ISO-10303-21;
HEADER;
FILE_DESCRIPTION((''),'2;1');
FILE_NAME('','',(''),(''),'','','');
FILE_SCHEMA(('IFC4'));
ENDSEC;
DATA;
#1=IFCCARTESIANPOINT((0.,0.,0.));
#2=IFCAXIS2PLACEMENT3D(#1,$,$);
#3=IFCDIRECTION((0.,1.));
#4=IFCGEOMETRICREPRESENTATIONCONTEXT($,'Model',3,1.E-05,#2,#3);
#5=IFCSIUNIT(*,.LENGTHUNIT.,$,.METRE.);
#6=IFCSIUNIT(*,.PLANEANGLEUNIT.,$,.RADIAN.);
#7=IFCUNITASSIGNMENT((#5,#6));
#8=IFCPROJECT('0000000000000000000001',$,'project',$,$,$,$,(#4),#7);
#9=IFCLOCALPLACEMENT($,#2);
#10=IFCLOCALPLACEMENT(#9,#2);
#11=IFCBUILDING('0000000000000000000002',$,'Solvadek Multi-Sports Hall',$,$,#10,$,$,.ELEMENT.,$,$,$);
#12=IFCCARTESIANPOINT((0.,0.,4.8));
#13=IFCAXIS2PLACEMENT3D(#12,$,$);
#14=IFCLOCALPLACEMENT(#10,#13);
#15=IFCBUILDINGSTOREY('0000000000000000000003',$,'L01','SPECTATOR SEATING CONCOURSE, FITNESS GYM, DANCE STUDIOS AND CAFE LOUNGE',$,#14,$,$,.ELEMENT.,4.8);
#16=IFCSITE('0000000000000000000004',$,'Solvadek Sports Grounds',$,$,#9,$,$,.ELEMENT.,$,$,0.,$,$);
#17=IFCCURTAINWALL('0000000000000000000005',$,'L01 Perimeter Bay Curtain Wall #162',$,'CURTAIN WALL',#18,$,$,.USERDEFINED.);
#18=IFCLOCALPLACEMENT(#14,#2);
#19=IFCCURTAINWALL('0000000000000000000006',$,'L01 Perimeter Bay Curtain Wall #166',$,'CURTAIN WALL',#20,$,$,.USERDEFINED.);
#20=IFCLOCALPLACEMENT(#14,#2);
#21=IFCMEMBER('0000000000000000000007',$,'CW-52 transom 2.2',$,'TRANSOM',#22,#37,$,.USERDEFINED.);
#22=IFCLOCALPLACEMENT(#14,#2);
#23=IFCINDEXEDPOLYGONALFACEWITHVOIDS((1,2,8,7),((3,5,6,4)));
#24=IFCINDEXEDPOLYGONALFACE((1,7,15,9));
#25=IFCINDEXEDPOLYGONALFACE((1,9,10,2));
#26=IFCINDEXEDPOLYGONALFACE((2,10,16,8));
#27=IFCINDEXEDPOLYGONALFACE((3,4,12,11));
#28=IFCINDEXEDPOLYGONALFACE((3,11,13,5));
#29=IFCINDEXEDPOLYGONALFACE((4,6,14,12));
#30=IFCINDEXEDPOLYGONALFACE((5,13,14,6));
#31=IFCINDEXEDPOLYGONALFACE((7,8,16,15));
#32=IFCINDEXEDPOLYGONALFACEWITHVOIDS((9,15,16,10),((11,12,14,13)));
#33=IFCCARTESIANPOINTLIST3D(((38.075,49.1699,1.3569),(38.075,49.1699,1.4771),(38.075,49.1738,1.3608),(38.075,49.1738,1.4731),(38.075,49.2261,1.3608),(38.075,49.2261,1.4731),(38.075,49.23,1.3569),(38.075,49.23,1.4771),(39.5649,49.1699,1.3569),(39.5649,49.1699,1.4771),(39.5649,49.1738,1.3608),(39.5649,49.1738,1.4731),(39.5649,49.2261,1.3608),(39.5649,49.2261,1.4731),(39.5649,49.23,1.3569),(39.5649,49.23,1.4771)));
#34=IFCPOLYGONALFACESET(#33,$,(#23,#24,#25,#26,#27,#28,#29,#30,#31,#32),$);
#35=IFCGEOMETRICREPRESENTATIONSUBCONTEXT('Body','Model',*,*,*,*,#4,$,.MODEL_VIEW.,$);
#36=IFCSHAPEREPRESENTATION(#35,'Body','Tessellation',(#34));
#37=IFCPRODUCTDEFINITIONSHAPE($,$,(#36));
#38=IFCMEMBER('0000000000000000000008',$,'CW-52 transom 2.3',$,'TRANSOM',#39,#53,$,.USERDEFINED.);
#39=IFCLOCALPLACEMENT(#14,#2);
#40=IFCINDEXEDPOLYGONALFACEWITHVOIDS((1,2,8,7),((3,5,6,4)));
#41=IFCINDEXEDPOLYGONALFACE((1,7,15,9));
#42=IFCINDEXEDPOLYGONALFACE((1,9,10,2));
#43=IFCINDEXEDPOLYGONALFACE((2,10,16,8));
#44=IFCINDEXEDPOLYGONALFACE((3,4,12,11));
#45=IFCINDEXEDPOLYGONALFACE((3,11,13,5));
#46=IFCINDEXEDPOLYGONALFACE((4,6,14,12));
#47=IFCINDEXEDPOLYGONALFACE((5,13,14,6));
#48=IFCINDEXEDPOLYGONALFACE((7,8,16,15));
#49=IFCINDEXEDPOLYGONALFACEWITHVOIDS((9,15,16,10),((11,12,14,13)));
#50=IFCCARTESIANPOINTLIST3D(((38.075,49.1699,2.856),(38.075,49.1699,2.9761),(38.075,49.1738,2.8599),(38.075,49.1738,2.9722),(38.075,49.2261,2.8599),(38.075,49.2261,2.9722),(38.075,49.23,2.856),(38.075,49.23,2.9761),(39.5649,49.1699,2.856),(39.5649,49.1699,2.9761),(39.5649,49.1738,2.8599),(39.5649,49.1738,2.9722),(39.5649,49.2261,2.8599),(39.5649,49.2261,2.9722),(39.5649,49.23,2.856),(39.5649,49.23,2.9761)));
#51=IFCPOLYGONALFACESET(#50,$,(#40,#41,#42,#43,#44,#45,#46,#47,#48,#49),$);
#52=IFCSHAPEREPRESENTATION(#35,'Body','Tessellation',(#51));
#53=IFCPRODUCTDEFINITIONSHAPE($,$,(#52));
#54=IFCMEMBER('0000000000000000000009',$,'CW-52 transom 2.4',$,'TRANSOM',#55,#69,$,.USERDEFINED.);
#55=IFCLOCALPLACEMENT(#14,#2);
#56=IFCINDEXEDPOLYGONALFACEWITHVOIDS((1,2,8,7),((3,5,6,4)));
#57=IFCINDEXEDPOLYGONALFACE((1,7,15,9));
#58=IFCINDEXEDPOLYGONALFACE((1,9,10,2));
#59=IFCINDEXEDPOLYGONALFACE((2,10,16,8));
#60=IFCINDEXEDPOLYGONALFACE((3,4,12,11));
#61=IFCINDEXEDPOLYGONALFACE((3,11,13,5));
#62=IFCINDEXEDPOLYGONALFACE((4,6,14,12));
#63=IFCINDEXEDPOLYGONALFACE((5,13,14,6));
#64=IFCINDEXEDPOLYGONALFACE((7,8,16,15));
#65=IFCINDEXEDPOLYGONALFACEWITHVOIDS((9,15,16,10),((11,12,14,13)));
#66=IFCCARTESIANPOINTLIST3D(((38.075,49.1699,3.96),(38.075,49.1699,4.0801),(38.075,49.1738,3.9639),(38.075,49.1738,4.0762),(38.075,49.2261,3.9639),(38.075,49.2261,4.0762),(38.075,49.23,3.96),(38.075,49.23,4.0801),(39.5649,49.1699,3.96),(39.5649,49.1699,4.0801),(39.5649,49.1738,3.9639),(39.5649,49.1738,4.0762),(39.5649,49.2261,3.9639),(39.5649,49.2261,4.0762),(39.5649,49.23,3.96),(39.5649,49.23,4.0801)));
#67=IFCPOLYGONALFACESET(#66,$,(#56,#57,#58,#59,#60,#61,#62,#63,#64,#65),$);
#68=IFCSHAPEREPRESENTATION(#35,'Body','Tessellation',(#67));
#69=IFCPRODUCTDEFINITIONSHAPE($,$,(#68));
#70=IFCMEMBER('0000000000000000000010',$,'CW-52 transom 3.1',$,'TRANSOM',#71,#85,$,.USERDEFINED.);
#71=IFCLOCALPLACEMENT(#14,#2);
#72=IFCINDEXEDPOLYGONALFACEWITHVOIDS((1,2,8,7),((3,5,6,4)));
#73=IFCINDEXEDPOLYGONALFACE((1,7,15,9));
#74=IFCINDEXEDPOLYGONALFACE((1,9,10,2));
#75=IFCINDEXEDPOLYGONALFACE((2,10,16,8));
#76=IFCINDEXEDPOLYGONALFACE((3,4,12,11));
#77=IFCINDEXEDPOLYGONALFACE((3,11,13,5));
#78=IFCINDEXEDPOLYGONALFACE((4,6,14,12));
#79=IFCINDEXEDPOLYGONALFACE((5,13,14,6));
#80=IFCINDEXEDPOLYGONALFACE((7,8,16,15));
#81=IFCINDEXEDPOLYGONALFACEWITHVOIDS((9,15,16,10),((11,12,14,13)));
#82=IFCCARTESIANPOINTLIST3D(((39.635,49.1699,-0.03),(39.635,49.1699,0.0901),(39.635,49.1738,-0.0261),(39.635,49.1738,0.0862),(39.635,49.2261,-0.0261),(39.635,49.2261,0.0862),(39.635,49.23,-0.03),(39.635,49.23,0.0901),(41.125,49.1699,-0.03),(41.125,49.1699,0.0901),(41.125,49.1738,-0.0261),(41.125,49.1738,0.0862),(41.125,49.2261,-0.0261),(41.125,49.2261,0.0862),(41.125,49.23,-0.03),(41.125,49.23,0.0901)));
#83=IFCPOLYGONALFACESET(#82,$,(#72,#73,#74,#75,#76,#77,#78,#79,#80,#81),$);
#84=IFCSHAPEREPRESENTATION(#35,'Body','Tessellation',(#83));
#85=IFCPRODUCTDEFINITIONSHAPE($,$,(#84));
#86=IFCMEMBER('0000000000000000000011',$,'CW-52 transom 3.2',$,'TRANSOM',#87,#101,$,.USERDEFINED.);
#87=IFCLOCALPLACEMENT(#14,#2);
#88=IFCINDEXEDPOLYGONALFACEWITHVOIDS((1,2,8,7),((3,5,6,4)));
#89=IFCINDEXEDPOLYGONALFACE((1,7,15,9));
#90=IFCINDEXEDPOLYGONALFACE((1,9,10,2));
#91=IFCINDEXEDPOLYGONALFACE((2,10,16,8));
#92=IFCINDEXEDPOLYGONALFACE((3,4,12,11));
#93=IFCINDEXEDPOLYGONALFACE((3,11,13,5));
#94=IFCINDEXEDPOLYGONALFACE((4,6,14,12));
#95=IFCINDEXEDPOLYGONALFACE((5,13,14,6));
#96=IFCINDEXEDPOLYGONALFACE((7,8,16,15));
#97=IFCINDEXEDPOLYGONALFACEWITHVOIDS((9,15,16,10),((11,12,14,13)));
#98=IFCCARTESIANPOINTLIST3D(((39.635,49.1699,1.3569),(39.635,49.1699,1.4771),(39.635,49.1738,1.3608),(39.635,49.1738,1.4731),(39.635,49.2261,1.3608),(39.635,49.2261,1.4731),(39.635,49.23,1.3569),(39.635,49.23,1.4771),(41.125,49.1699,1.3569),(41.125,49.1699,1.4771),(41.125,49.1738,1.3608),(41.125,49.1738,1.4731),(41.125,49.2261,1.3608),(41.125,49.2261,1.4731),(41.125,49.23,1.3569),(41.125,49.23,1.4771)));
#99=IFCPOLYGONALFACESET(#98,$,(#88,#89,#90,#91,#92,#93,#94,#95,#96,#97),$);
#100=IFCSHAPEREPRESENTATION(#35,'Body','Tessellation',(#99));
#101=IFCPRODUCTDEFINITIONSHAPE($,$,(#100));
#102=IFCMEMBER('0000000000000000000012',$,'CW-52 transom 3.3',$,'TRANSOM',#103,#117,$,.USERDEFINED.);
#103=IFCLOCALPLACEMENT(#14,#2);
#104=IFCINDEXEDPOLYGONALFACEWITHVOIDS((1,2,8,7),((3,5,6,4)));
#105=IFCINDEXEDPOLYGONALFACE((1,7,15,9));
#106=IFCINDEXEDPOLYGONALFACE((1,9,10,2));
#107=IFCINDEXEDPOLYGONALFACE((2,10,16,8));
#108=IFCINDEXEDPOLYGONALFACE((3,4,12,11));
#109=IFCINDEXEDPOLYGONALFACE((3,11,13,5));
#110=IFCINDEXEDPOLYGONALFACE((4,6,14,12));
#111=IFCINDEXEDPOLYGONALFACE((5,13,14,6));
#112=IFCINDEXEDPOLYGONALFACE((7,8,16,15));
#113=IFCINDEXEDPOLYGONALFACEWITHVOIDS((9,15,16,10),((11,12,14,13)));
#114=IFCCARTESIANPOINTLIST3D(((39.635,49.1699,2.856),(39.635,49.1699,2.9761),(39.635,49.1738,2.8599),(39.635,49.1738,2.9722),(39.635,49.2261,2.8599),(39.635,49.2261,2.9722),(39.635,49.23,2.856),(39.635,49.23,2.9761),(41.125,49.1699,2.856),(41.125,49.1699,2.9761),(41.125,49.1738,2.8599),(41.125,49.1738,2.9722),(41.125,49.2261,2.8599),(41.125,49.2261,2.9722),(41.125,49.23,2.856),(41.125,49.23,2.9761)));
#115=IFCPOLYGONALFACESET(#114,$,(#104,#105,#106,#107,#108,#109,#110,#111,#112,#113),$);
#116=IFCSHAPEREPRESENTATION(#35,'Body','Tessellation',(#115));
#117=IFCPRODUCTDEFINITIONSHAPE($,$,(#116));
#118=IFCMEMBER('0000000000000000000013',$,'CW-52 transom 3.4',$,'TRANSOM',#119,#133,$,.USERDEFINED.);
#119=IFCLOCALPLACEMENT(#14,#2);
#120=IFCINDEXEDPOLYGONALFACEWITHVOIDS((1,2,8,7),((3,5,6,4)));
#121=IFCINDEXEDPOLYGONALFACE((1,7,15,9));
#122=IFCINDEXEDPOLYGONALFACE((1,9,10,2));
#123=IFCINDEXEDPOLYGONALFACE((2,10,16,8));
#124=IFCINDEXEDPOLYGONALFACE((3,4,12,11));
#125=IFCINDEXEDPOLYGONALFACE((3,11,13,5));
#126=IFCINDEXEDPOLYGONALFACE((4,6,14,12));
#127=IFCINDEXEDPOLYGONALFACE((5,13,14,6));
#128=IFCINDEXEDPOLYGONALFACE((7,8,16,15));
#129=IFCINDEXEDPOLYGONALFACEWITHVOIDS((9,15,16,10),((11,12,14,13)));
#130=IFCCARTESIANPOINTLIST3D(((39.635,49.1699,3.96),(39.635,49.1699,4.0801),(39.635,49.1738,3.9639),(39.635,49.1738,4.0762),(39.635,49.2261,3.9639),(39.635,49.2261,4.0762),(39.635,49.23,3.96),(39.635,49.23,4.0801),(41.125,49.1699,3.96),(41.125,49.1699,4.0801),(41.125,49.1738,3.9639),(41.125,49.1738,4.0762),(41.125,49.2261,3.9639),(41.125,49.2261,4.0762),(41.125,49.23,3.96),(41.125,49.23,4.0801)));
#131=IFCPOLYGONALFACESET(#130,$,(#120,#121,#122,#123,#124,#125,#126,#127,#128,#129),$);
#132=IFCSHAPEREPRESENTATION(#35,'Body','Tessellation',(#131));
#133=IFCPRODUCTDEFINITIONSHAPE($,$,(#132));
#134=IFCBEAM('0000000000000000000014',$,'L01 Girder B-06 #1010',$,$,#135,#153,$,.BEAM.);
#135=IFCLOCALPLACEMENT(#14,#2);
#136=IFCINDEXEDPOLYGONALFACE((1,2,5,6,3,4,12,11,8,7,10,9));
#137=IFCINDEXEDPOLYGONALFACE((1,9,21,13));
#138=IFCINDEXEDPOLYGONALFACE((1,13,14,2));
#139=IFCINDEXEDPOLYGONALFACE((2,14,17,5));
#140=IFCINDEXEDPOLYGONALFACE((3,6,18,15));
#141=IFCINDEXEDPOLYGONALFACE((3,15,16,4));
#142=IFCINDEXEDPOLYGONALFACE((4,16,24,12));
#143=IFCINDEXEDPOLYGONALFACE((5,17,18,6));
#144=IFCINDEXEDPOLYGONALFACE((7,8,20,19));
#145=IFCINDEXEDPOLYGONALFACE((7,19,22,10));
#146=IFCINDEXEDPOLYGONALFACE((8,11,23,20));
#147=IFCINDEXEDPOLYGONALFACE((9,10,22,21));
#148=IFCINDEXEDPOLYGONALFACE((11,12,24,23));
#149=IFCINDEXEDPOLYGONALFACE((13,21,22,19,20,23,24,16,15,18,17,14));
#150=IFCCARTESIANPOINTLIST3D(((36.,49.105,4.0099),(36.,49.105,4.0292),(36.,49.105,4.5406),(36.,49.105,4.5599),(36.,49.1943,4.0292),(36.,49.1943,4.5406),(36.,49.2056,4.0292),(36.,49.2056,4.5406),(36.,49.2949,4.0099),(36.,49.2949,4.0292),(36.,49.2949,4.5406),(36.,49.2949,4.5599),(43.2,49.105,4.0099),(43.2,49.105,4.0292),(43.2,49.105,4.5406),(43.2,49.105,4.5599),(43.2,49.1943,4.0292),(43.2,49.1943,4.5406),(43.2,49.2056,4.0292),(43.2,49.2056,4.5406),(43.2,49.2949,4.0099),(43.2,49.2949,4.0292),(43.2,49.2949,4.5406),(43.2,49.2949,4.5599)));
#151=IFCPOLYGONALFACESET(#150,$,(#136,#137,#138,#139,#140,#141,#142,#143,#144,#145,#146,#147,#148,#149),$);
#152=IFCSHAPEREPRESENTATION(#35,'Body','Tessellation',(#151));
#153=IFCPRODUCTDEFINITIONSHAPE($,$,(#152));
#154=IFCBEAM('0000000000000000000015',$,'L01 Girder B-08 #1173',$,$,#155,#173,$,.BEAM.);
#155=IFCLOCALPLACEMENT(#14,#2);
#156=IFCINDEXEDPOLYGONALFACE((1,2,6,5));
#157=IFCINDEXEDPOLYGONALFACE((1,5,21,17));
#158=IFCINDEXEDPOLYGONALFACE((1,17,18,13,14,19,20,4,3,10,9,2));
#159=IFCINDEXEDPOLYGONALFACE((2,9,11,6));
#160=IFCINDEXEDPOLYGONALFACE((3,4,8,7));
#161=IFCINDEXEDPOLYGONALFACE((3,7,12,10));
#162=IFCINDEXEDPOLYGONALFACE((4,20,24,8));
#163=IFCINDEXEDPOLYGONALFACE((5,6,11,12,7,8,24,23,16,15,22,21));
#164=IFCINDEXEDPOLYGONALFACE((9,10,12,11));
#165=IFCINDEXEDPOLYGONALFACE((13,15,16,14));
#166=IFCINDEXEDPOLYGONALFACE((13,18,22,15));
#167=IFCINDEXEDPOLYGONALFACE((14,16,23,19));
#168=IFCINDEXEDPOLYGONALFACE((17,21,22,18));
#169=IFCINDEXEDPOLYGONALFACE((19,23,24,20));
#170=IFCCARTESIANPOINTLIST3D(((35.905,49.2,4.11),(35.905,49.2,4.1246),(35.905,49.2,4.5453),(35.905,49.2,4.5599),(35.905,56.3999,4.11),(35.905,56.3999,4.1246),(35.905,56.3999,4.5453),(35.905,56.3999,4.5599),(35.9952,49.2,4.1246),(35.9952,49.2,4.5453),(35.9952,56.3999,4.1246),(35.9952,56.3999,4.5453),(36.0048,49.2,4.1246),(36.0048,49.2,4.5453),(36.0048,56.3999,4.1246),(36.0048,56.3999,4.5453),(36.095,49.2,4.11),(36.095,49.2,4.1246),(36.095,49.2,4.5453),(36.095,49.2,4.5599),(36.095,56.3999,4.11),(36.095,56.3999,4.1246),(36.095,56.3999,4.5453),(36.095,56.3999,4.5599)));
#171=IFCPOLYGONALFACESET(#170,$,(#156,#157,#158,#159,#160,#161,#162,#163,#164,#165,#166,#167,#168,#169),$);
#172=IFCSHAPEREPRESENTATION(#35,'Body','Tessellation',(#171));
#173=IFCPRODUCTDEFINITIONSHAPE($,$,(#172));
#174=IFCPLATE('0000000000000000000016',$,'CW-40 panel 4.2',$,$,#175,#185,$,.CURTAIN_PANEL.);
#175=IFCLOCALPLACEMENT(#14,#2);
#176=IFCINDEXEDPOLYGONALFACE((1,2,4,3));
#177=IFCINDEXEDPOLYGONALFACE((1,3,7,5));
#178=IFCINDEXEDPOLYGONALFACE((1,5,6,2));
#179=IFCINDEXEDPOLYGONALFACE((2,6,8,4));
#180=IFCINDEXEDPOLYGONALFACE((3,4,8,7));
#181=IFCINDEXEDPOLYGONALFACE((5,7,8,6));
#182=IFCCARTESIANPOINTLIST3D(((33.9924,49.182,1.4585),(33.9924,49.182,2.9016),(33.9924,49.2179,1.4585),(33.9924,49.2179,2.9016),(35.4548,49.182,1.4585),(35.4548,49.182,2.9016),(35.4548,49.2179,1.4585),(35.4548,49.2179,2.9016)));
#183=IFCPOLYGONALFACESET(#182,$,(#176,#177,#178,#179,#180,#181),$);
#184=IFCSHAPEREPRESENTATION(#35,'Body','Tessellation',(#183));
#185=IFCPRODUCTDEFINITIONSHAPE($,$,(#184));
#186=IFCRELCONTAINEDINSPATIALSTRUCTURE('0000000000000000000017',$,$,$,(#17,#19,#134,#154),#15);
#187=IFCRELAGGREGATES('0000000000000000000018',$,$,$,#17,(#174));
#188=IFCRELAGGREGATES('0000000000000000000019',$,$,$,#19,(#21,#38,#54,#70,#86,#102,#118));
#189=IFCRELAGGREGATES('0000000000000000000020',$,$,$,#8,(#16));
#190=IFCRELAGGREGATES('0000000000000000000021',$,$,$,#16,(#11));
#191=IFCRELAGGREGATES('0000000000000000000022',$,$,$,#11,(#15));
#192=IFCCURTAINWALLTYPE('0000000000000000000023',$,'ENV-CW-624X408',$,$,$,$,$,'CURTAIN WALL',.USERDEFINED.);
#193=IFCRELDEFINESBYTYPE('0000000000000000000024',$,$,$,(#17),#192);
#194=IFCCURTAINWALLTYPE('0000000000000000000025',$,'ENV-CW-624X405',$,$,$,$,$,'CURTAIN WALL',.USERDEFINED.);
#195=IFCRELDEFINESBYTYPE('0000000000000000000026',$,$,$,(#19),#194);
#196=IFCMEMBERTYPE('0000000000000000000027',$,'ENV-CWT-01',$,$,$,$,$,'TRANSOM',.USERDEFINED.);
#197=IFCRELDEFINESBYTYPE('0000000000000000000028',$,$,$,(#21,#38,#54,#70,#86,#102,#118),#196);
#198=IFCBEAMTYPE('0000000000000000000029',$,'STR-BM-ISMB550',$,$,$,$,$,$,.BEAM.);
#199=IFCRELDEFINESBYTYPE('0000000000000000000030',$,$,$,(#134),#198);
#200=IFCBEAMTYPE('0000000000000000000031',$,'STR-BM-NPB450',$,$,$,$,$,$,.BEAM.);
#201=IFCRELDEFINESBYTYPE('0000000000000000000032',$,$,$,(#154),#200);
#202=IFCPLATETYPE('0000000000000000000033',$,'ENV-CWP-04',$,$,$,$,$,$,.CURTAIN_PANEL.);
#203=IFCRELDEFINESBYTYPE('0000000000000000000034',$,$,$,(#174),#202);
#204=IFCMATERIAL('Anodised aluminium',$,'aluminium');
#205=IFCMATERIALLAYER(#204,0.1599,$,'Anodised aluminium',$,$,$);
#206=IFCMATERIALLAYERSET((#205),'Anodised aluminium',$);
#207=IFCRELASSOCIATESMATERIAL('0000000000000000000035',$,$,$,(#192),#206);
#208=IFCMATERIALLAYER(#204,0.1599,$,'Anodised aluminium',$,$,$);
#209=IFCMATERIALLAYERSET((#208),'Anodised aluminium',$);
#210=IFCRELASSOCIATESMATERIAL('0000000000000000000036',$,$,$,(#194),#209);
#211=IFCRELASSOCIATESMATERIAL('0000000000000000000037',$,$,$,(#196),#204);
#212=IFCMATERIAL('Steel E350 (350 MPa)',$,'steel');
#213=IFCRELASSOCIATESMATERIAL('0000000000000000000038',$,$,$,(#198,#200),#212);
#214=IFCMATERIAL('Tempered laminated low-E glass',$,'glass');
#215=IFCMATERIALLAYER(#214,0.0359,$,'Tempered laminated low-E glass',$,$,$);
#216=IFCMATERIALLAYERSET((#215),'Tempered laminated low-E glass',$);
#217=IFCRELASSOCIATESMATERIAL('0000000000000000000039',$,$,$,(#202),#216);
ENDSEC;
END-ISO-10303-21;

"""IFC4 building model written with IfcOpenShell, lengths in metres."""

from ifc_helpers import new_model, si_unit, direction, frame, origin, origin_2d, place, context, subcontext, project, spatial, rectangle, hollow_rectangle, i_section, extrude, material, layer, layer_set, material_profile, profile_set, type_object, element, aggregate, save


model = new_model("IFC4")

# Units and contexts
model_context = context("Model", 3, precision=1e-05, world=origin(), true_north=direction((0.0, 1.0)))
body_context = subcontext(model_context, "Body", "Model", "MODEL_VIEW")
ifc_project = project(units=[si_unit("LENGTHUNIT", "METRE"), si_unit("PLANEANGLEUNIT", "RADIAN")], contexts=[model_context])

# Site, building, storey
site_placement = place(None, origin())
site = spatial("IfcSite", under=ifc_project, at=site_placement, Name="Solvadek Sports Grounds", CompositionType="ELEMENT", RefElevation=0.0)
building_placement = place(site_placement, origin())
building = spatial("IfcBuilding", under=site, at=building_placement, Name="Solvadek Multi-Sports Hall", CompositionType="ELEMENT")
storey_placement = place(building_placement, frame((0.0, 0.0, 4.8)))
storey = spatial("IfcBuildingStorey", under=building, at=storey_placement, Name="L01", Description="SPECTATOR SEATING CONCOURSE, FITNESS GYM, DANCE STUDIOS AND CAFE LOUNGE", CompositionType="ELEMENT", Elevation=4.8)

# Shared definitions
ifc_material_1 = material(Name="Steel E350 (350 MPa)", Category="steel")

# Curtain wall
ifc_material_2 = material(Name="Anodised aluminium", Category="aluminium")
ifc_layer_1 = layer(ifc_material_2, 0.1599, Name="Anodised aluminium")
ifc_layer_set_1 = layer_set([ifc_layer_1], Name="Anodised aluminium")
curtain_wall_type_1 = type_object("IfcCurtainWallType", Name="ENV-CW-624X408", ElementType="CURTAIN WALL", PredefinedType="USERDEFINED", material=ifc_layer_set_1)
curtain_wall_1_placement = place(storey_placement, origin())
curtain_wall_1 = element("IfcCurtainWall", 1, at=curtain_wall_1_placement, inside=storey, type_object=curtain_wall_type_1, Name="L01 Perimeter Bay Curtain Wall #162", ObjectType="CURTAIN WALL", PredefinedType="USERDEFINED")

# Curtain wall, members
ifc_layer_2 = layer(ifc_material_2, 0.1599, Name="Anodised aluminium")
ifc_layer_set_2 = layer_set([ifc_layer_2], Name="Anodised aluminium")
curtain_wall_type_2 = type_object("IfcCurtainWallType", Name="ENV-CW-624X405", ElementType="CURTAIN WALL", PredefinedType="USERDEFINED", material=ifc_layer_set_2)
curtain_wall_2_placement = place(storey_placement, origin())
curtain_wall_2 = element("IfcCurtainWall", 2, at=curtain_wall_2_placement, inside=storey, type_object=curtain_wall_type_2, Name="L01 Perimeter Bay Curtain Wall #166", ObjectType="CURTAIN WALL", PredefinedType="USERDEFINED")
ifc_material_profile_1 = material_profile(ifc_material_2, hollow_rectangle(XDim=0.0601, YDim=0.1201, WallThickness=0.0039, at=origin_2d()), Name="ALU-T 120x60x4")
ifc_profile_set_1 = profile_set([ifc_material_profile_1], Name="Anodised aluminium")
member_type_1 = type_object("IfcMemberType", Name="ENV-CWT-01", ElementType="TRANSOM", PredefinedType="USERDEFINED", material=ifc_profile_set_1)
member_1_placement = place(storey_placement, frame((38.075, 49.2, 1.417), z_axis=(1.0, 0.0, 0.0), x_axis=(0.0, 1.0, 0.0)))
member_1 = element("IfcMember", 3, at=member_1_placement, type_object=member_type_1, Name="CW-52 transom 2.2", ObjectType="TRANSOM", PredefinedType="USERDEFINED", context=body_context, shape_type="SweptSolid", body=[
    extrude(hollow_rectangle(XDim=0.0601, YDim=0.1201, WallThickness=0.0039, at=origin_2d()), origin(), (0.0, 0.0, 1.0), 1.49),
])
member_2_placement = place(storey_placement, frame((38.075, 49.2, 2.916), z_axis=(1.0, 0.0, 0.0), x_axis=(0.0, 1.0, 0.0)))
member_2 = element("IfcMember", 4, at=member_2_placement, type_object=member_type_1, Name="CW-52 transom 2.3", ObjectType="TRANSOM", PredefinedType="USERDEFINED", context=body_context, shape_type="SweptSolid", body=[
    extrude(hollow_rectangle(XDim=0.0601, YDim=0.1201, WallThickness=0.0039, at=origin_2d()), origin(), (0.0, 0.0, 1.0), 1.49),
])
member_3_placement = place(storey_placement, frame((38.075, 49.2, 4.02), z_axis=(1.0, 0.0, 0.0), x_axis=(0.0, 1.0, 0.0)))
member_3 = element("IfcMember", 5, at=member_3_placement, type_object=member_type_1, Name="CW-52 transom 2.4", ObjectType="TRANSOM", PredefinedType="USERDEFINED", context=body_context, shape_type="SweptSolid", body=[
    extrude(hollow_rectangle(XDim=0.0601, YDim=0.1201, WallThickness=0.0039, at=origin_2d()), origin(), (0.0, 0.0, 1.0), 1.49),
])
member_4_placement = place(storey_placement, frame((39.635, 49.2, 0.03), z_axis=(1.0, 0.0, 0.0), x_axis=(0.0, 1.0, 0.0)))
member_4 = element("IfcMember", 6, at=member_4_placement, type_object=member_type_1, Name="CW-52 transom 3.1", ObjectType="TRANSOM", PredefinedType="USERDEFINED", context=body_context, shape_type="SweptSolid", body=[
    extrude(hollow_rectangle(XDim=0.0601, YDim=0.1201, WallThickness=0.0039, at=origin_2d()), origin(), (0.0, 0.0, 1.0), 1.49),
])
member_5_placement = place(storey_placement, frame((39.635, 49.2, 1.417), z_axis=(1.0, 0.0, 0.0), x_axis=(0.0, 1.0, 0.0)))
member_5 = element("IfcMember", 7, at=member_5_placement, type_object=member_type_1, Name="CW-52 transom 3.2", ObjectType="TRANSOM", PredefinedType="USERDEFINED", context=body_context, shape_type="SweptSolid", body=[
    extrude(hollow_rectangle(XDim=0.0601, YDim=0.1201, WallThickness=0.0039, at=origin_2d()), origin(), (0.0, 0.0, 1.0), 1.49),
])
member_6_placement = place(storey_placement, frame((39.635, 49.2, 2.916), z_axis=(1.0, 0.0, 0.0), x_axis=(0.0, 1.0, 0.0)))
member_6 = element("IfcMember", 8, at=member_6_placement, type_object=member_type_1, Name="CW-52 transom 3.3", ObjectType="TRANSOM", PredefinedType="USERDEFINED", context=body_context, shape_type="SweptSolid", body=[
    extrude(hollow_rectangle(XDim=0.0601, YDim=0.1201, WallThickness=0.0039, at=origin_2d()), origin(), (0.0, 0.0, 1.0), 1.49),
])
member_7_placement = place(storey_placement, frame((39.635, 49.2, 4.02), z_axis=(1.0, 0.0, 0.0), x_axis=(0.0, 1.0, 0.0)))
member_7 = element("IfcMember", 9, at=member_7_placement, type_object=member_type_1, Name="CW-52 transom 3.4", ObjectType="TRANSOM", PredefinedType="USERDEFINED", context=body_context, shape_type="SweptSolid", body=[
    extrude(hollow_rectangle(XDim=0.0601, YDim=0.1201, WallThickness=0.0039, at=origin_2d()), origin(), (0.0, 0.0, 1.0), 1.49),
])

# Beams
ifc_material_profile_2 = material_profile(ifc_material_1, i_section(OverallWidth=0.1899, OverallDepth=0.55, WebThickness=0.0112, FlangeThickness=0.0193, at=origin_2d()), Name="ISMB 550")
ifc_profile_set_2 = profile_set([ifc_material_profile_2], Name="Steel E350 (350 MPa)")
beam_type_1 = type_object("IfcBeamType", Name="STR-BM-ISMB550", PredefinedType="BEAM", material=ifc_profile_set_2)
beam_1_placement = place(storey_placement, frame((36.0, 49.2, 4.2849), z_axis=(1.0, 0.0, 0.0), x_axis=(0.0, 1.0, 0.0)))
element("IfcBeam", 10, at=beam_1_placement, inside=storey, type_object=beam_type_1, Name="L01 Girder B-06 #1010", PredefinedType="BEAM", context=body_context, shape_type="SweptSolid", body=[
    extrude(i_section(OverallWidth=0.1899, OverallDepth=0.55, WebThickness=0.0112, FlangeThickness=0.0193, at=origin_2d()), origin(), (0.0, 0.0, 1.0), 7.2),
])
ifc_material_profile_3 = material_profile(ifc_material_1, i_section(OverallWidth=0.1899, OverallDepth=0.45, WebThickness=0.0095, FlangeThickness=0.0146, at=origin_2d()), Name="NPB 450")
ifc_profile_set_3 = profile_set([ifc_material_profile_3], Name="Steel E350 (350 MPa)")
beam_type_2 = type_object("IfcBeamType", Name="STR-BM-NPB450", PredefinedType="BEAM", material=ifc_profile_set_3)
beam_2_placement = place(storey_placement, frame((36.0, 49.2, 4.335), z_axis=(0.0, 1.0, 0.0), x_axis=(-1.0, 0.0, 0.0)))
element("IfcBeam", 11, at=beam_2_placement, inside=storey, type_object=beam_type_2, Name="L01 Girder B-08 #1173", PredefinedType="BEAM", context=body_context, shape_type="SweptSolid", body=[
    extrude(i_section(OverallWidth=0.1899, OverallDepth=0.45, WebThickness=0.0095, FlangeThickness=0.0146, at=origin_2d()), origin(), (0.0, 0.0, 1.0), 7.2),
])

# Plate
ifc_material_3 = material(Name="Tempered laminated low-E glass", Category="glass")
ifc_layer_3 = layer(ifc_material_3, 0.0359, Name="Tempered laminated low-E glass")
ifc_layer_set_3 = layer_set([ifc_layer_3], Name="Tempered laminated low-E glass")
plate_type_1 = type_object("IfcPlateType", Name="ENV-CWP-04", PredefinedType="CURTAIN_PANEL", material=ifc_layer_set_3)
plate_1_placement = place(storey_placement, frame((34.7236, 49.2, 1.4585), z_axis=(0.0, 0.0, 1.0), x_axis=(1.0, 0.0, 0.0)))
plate_1 = element("IfcPlate", 12, at=plate_1_placement, type_object=plate_type_1, Name="CW-40 panel 4.2", PredefinedType="CURTAIN_PANEL", context=body_context, shape_type="SweptSolid", body=[
    extrude(rectangle(XDim=1.4624, YDim=0.0359, at=origin_2d()), origin(), (0.0, 0.0, 1.0), 1.4431),
])
aggregate(curtain_wall_1, [plate_1])
aggregate(curtain_wall_2, [member_1, member_2, member_3, member_4, member_5, member_6, member_7])

save(model, "model.ifc")
